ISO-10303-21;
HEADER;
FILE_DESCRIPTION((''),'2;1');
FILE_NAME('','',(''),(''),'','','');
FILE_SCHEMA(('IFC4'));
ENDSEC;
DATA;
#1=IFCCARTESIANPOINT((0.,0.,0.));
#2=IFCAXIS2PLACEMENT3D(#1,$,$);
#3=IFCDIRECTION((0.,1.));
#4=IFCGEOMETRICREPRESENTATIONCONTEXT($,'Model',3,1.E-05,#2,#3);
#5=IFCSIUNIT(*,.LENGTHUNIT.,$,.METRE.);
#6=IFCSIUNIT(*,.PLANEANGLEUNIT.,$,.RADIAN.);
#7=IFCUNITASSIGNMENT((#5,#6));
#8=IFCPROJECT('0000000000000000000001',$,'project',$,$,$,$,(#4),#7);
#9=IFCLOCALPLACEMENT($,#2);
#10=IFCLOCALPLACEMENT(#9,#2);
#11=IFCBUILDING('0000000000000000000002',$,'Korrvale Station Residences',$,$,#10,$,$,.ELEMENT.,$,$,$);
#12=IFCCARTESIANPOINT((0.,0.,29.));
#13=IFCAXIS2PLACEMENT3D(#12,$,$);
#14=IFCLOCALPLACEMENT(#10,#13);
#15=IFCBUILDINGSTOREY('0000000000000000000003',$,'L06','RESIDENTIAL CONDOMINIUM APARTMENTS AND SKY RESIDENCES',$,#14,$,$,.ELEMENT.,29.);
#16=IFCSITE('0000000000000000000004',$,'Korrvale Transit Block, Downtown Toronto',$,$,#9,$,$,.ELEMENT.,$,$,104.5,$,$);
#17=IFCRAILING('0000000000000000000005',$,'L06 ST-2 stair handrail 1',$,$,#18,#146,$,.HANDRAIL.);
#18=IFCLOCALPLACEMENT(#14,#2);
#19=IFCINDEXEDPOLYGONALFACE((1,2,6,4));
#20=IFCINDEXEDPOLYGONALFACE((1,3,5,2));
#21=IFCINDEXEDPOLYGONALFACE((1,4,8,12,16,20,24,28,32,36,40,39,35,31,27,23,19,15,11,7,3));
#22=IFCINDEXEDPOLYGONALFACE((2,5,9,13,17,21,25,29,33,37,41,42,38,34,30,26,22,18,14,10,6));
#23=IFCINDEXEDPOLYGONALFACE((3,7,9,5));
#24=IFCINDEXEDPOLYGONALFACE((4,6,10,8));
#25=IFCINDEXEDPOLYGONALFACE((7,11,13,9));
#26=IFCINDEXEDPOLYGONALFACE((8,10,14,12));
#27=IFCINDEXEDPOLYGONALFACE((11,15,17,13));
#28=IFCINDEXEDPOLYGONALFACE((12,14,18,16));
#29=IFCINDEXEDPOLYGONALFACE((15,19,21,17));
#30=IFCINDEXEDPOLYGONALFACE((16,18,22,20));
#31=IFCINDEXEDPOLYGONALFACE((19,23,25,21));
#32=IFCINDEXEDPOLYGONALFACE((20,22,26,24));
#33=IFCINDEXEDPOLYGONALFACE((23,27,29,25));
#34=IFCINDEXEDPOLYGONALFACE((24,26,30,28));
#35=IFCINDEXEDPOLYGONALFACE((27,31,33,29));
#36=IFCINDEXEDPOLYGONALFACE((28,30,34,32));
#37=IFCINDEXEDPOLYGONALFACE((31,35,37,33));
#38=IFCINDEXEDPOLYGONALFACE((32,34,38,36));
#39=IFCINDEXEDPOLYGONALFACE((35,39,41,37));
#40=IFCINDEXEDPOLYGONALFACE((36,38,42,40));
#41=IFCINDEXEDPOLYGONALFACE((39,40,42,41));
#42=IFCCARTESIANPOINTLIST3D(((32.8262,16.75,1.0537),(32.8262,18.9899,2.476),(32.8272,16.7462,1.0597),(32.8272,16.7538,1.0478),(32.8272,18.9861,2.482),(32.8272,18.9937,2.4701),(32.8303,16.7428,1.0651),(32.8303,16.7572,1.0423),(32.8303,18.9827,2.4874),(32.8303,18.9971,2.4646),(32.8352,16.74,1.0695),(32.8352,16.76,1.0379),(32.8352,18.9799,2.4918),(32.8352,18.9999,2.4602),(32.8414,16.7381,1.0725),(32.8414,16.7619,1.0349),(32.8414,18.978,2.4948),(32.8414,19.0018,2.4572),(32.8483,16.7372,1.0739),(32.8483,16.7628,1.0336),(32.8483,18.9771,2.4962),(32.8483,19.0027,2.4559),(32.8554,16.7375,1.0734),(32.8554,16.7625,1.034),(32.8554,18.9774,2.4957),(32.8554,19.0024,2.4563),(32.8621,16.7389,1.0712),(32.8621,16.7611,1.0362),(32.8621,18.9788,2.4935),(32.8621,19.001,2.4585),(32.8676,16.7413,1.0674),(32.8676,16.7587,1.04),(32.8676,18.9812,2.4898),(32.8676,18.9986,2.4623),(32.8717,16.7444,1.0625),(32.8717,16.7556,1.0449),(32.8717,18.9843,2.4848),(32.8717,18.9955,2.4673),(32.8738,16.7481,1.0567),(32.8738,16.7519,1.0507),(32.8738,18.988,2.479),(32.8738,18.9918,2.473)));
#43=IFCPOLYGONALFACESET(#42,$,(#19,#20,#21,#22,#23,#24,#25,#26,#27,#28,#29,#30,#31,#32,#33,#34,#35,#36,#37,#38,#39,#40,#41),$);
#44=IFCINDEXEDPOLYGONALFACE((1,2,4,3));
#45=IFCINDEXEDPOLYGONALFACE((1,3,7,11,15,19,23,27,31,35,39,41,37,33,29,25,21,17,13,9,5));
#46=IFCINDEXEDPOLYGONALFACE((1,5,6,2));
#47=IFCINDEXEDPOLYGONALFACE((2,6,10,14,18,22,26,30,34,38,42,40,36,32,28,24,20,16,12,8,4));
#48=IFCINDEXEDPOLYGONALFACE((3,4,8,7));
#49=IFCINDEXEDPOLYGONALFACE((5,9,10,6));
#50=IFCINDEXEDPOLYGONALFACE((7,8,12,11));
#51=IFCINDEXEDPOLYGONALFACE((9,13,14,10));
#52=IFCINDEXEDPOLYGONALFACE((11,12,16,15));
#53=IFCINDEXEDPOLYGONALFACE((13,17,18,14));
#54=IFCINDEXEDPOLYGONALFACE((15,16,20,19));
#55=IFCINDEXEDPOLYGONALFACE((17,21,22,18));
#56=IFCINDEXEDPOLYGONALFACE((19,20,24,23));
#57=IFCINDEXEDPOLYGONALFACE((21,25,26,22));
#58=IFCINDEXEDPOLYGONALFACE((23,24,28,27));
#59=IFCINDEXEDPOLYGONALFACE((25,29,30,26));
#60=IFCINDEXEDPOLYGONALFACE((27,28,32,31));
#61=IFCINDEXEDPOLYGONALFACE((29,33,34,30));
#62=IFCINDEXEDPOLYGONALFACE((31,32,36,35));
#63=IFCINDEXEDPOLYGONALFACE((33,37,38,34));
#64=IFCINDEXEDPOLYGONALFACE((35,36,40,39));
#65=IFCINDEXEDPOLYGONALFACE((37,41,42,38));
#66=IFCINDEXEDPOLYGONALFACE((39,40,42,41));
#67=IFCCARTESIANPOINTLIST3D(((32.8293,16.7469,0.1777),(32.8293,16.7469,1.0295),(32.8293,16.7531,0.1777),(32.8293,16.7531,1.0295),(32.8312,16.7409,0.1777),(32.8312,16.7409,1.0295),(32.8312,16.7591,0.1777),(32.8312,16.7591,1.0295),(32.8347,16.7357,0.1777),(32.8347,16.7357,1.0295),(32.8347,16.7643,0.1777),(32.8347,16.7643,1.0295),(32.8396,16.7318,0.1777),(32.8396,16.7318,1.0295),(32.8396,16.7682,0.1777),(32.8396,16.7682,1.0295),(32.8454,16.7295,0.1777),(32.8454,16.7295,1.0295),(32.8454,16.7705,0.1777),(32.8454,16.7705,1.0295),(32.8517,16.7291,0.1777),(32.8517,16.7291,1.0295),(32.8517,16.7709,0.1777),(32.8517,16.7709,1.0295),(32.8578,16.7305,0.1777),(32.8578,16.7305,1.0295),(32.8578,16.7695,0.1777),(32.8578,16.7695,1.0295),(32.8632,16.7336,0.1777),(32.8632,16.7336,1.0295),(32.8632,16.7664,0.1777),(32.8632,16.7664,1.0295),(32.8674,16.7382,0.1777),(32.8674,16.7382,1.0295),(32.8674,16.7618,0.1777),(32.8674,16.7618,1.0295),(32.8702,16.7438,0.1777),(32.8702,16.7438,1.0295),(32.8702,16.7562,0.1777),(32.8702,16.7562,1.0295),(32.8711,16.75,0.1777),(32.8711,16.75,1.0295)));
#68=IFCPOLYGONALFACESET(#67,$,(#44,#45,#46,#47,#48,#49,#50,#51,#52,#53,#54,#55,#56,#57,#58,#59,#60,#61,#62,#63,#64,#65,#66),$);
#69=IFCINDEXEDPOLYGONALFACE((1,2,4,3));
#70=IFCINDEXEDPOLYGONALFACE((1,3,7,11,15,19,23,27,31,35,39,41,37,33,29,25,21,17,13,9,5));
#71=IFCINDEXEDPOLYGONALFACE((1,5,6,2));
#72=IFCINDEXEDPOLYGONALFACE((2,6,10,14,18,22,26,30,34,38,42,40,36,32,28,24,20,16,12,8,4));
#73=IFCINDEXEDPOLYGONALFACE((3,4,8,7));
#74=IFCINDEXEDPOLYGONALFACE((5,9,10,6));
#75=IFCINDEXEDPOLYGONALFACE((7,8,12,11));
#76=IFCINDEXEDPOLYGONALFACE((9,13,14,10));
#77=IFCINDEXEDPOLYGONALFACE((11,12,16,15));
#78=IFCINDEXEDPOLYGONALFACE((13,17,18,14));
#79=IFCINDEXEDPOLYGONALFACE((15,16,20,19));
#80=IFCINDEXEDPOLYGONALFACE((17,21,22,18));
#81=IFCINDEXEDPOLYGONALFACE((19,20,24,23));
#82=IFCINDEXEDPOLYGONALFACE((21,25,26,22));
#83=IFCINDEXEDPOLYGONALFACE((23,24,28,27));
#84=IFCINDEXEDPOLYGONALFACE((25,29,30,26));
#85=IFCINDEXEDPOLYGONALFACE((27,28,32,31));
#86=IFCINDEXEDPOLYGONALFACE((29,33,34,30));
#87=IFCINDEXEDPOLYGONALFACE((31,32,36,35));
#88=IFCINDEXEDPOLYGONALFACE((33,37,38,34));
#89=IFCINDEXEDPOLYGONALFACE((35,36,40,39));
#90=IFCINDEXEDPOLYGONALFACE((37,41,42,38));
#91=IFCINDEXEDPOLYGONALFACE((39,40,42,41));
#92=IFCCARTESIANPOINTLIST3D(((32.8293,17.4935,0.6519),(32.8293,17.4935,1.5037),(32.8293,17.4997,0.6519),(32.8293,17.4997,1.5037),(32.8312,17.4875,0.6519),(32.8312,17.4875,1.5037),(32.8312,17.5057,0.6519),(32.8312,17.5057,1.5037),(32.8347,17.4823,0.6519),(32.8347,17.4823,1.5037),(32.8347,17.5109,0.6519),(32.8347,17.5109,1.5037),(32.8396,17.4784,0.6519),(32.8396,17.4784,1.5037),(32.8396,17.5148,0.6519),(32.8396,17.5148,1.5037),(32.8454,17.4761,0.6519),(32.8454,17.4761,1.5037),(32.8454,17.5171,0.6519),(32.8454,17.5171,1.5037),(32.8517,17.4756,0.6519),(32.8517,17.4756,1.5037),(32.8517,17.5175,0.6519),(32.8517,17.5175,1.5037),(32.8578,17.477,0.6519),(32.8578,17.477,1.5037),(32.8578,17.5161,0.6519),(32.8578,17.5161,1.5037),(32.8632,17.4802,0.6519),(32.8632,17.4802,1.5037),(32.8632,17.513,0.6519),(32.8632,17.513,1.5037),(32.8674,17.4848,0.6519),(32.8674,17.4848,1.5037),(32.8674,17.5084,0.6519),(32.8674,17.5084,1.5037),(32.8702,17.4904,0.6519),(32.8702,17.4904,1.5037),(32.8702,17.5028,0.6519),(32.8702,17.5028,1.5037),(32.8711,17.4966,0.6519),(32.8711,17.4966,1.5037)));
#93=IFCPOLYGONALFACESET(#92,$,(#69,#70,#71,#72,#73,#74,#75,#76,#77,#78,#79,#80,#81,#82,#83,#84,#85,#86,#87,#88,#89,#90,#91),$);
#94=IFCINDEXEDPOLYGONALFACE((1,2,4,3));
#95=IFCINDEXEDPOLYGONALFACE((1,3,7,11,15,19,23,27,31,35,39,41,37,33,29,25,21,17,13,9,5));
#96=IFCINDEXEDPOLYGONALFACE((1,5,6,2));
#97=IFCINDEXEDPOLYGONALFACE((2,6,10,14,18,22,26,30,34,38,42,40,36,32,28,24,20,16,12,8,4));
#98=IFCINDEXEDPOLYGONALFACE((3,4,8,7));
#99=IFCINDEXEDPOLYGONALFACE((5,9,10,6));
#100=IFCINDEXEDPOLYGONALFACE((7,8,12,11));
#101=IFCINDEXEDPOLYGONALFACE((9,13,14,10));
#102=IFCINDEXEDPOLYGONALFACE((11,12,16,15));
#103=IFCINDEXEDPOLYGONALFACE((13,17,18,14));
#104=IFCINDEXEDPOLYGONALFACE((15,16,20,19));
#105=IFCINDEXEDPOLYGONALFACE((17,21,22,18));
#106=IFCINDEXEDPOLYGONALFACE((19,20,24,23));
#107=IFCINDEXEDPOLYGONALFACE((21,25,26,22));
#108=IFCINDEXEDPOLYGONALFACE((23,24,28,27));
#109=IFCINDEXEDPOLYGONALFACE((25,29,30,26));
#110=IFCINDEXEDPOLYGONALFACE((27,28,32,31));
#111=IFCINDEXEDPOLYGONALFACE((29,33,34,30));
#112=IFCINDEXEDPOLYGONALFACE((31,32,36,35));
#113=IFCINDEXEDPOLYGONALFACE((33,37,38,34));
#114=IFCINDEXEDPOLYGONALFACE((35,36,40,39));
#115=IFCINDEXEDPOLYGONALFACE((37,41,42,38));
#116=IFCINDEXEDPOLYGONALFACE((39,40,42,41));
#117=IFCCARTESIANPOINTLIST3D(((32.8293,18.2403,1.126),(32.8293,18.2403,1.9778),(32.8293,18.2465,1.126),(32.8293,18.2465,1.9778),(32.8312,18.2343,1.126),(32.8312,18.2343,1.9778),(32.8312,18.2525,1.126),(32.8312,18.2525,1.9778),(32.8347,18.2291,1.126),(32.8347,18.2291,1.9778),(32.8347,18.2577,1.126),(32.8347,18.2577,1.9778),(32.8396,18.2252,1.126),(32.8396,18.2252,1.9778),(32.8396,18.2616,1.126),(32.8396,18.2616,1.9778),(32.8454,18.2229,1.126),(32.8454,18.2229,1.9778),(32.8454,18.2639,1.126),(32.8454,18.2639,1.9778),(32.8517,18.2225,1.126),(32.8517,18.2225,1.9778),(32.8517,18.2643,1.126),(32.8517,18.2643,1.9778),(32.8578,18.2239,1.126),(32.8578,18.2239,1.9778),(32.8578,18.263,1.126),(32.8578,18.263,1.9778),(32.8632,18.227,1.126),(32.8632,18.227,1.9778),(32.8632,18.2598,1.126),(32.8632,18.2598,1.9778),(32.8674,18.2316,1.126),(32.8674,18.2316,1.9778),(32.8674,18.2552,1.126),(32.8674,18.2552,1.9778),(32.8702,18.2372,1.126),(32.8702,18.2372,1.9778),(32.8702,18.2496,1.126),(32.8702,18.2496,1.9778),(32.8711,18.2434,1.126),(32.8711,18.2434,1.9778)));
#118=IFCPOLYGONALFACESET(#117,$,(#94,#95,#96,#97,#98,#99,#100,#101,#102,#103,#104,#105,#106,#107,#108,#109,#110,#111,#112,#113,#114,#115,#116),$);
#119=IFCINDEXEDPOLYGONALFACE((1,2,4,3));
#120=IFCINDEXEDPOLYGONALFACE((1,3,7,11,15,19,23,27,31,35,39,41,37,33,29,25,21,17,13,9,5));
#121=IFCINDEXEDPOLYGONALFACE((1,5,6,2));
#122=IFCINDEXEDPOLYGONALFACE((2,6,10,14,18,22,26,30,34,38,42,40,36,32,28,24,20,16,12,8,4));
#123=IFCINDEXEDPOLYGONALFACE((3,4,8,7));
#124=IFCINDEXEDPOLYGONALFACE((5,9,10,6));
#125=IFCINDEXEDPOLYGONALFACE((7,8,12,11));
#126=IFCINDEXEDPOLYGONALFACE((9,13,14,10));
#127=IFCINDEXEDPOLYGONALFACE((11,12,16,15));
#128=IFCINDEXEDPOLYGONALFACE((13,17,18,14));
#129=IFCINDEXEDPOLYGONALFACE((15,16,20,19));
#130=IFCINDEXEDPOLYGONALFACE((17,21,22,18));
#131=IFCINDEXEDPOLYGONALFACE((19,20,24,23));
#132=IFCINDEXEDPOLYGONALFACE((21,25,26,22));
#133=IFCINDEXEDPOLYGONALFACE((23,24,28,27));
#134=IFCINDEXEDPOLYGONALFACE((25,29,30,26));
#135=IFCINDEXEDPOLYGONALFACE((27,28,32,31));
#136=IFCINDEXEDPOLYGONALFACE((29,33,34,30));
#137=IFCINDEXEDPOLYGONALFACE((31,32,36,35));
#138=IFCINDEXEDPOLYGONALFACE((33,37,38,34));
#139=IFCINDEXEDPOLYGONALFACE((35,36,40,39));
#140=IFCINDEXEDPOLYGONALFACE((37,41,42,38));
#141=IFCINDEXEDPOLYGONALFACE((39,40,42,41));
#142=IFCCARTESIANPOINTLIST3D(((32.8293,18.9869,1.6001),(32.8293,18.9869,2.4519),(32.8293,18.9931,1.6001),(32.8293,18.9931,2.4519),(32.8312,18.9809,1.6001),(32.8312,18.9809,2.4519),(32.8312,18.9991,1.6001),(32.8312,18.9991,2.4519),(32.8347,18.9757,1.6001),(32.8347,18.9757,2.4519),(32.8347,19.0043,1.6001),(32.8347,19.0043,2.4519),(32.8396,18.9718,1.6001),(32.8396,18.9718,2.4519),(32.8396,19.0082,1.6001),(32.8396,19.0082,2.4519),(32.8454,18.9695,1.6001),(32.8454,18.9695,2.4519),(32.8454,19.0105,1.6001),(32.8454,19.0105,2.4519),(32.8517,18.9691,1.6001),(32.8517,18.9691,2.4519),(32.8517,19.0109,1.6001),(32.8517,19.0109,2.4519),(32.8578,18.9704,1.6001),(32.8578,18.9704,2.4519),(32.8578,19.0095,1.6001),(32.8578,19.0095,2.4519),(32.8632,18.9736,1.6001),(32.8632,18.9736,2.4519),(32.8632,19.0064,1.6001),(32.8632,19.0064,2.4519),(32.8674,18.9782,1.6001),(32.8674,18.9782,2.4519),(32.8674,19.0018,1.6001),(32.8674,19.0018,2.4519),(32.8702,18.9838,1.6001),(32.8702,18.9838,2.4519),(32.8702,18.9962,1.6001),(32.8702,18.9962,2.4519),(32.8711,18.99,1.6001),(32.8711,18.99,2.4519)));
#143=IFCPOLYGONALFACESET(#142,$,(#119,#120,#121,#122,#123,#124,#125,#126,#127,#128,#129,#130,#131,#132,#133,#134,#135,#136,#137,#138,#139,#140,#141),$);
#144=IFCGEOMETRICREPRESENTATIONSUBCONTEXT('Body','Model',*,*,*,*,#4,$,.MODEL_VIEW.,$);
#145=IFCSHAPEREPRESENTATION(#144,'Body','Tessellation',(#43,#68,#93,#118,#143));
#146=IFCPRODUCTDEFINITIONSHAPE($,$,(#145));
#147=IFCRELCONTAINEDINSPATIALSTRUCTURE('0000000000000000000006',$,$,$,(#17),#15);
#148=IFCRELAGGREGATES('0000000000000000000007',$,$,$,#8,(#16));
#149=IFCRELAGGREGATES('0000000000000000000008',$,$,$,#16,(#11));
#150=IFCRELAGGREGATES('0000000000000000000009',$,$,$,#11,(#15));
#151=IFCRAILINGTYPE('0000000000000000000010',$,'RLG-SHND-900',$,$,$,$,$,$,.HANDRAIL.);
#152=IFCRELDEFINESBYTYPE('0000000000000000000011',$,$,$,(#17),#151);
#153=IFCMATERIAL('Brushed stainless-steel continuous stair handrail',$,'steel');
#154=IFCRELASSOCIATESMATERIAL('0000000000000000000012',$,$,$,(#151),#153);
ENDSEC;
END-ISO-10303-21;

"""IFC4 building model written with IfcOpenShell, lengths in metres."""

from ifc_helpers import new_model, si_unit, direction, frame, origin, origin_2d, place, context, subcontext, project, spatial, circle, extrude, material, type_object, element, save


model = new_model("IFC4")

# Units and contexts
model_context = context("Model", 3, precision=1e-05, world=origin(), true_north=direction((0.0, 1.0)))
body_context = subcontext(model_context, "Body", "Model", "MODEL_VIEW")
ifc_project = project(units=[si_unit("LENGTHUNIT", "METRE"), si_unit("PLANEANGLEUNIT", "RADIAN")], contexts=[model_context])

# Site, building, storey
site_placement = place(None, origin())
site = spatial("IfcSite", under=ifc_project, at=site_placement, Name="Korrvale Transit Block, Downtown Toronto", CompositionType="ELEMENT", RefElevation=104.5)
building_placement = place(site_placement, origin())
building = spatial("IfcBuilding", under=site, at=building_placement, Name="Korrvale Station Residences", CompositionType="ELEMENT")
storey_placement = place(building_placement, frame((0.0, 0.0, 29.0)))
storey = spatial("IfcBuildingStorey", under=building, at=storey_placement, Name="L06", Description="RESIDENTIAL CONDOMINIUM APARTMENTS AND SKY RESIDENCES", CompositionType="ELEMENT", Elevation=29.0)

# Railing
ifc_material_1 = material(Name="Brushed stainless-steel continuous stair handrail", Category="steel")
railing_type_1 = type_object("IfcRailingType", Name="RLG-SHND-900", PredefinedType="HANDRAIL", material=ifc_material_1)
railing_1_placement = place(storey_placement, frame((32.8501, 16.75, 0.1777)))
element("IfcRailing", 1, at=railing_1_placement, inside=storey, type_object=railing_type_1, Name="L06 ST-2 stair handrail 1", PredefinedType="HANDRAIL", context=body_context, shape_type="SweptSolid", body=[
    extrude(circle(Radius=0.0239, at=origin_2d()), frame((0.0, 0.0, 0.876), z_axis=(0.0, 0.844188, 0.536048), x_axis=(-1.0, 0.0, 0.0)), (0.0, 0.0, 1.0), 2.6533),
    extrude(circle(Radius=0.021, at=origin_2d()), origin(), (0.0, 0.0, 1.0), 0.8518),
    extrude(circle(Radius=0.021, at=origin_2d()), frame((0.0, 0.7466, 0.4741)), (0.0, 0.0, 1.0), 0.8518),
    extrude(circle(Radius=0.021, at=origin_2d()), frame((0.0, 1.4934, 0.9482)), (0.0, 0.0, 1.0), 0.8518),
    extrude(circle(Radius=0.021, at=origin_2d()), frame((0.0, 2.24, 1.4224)), (0.0, 0.0, 1.0), 0.8518),
])

save(model, "model.ifc")
